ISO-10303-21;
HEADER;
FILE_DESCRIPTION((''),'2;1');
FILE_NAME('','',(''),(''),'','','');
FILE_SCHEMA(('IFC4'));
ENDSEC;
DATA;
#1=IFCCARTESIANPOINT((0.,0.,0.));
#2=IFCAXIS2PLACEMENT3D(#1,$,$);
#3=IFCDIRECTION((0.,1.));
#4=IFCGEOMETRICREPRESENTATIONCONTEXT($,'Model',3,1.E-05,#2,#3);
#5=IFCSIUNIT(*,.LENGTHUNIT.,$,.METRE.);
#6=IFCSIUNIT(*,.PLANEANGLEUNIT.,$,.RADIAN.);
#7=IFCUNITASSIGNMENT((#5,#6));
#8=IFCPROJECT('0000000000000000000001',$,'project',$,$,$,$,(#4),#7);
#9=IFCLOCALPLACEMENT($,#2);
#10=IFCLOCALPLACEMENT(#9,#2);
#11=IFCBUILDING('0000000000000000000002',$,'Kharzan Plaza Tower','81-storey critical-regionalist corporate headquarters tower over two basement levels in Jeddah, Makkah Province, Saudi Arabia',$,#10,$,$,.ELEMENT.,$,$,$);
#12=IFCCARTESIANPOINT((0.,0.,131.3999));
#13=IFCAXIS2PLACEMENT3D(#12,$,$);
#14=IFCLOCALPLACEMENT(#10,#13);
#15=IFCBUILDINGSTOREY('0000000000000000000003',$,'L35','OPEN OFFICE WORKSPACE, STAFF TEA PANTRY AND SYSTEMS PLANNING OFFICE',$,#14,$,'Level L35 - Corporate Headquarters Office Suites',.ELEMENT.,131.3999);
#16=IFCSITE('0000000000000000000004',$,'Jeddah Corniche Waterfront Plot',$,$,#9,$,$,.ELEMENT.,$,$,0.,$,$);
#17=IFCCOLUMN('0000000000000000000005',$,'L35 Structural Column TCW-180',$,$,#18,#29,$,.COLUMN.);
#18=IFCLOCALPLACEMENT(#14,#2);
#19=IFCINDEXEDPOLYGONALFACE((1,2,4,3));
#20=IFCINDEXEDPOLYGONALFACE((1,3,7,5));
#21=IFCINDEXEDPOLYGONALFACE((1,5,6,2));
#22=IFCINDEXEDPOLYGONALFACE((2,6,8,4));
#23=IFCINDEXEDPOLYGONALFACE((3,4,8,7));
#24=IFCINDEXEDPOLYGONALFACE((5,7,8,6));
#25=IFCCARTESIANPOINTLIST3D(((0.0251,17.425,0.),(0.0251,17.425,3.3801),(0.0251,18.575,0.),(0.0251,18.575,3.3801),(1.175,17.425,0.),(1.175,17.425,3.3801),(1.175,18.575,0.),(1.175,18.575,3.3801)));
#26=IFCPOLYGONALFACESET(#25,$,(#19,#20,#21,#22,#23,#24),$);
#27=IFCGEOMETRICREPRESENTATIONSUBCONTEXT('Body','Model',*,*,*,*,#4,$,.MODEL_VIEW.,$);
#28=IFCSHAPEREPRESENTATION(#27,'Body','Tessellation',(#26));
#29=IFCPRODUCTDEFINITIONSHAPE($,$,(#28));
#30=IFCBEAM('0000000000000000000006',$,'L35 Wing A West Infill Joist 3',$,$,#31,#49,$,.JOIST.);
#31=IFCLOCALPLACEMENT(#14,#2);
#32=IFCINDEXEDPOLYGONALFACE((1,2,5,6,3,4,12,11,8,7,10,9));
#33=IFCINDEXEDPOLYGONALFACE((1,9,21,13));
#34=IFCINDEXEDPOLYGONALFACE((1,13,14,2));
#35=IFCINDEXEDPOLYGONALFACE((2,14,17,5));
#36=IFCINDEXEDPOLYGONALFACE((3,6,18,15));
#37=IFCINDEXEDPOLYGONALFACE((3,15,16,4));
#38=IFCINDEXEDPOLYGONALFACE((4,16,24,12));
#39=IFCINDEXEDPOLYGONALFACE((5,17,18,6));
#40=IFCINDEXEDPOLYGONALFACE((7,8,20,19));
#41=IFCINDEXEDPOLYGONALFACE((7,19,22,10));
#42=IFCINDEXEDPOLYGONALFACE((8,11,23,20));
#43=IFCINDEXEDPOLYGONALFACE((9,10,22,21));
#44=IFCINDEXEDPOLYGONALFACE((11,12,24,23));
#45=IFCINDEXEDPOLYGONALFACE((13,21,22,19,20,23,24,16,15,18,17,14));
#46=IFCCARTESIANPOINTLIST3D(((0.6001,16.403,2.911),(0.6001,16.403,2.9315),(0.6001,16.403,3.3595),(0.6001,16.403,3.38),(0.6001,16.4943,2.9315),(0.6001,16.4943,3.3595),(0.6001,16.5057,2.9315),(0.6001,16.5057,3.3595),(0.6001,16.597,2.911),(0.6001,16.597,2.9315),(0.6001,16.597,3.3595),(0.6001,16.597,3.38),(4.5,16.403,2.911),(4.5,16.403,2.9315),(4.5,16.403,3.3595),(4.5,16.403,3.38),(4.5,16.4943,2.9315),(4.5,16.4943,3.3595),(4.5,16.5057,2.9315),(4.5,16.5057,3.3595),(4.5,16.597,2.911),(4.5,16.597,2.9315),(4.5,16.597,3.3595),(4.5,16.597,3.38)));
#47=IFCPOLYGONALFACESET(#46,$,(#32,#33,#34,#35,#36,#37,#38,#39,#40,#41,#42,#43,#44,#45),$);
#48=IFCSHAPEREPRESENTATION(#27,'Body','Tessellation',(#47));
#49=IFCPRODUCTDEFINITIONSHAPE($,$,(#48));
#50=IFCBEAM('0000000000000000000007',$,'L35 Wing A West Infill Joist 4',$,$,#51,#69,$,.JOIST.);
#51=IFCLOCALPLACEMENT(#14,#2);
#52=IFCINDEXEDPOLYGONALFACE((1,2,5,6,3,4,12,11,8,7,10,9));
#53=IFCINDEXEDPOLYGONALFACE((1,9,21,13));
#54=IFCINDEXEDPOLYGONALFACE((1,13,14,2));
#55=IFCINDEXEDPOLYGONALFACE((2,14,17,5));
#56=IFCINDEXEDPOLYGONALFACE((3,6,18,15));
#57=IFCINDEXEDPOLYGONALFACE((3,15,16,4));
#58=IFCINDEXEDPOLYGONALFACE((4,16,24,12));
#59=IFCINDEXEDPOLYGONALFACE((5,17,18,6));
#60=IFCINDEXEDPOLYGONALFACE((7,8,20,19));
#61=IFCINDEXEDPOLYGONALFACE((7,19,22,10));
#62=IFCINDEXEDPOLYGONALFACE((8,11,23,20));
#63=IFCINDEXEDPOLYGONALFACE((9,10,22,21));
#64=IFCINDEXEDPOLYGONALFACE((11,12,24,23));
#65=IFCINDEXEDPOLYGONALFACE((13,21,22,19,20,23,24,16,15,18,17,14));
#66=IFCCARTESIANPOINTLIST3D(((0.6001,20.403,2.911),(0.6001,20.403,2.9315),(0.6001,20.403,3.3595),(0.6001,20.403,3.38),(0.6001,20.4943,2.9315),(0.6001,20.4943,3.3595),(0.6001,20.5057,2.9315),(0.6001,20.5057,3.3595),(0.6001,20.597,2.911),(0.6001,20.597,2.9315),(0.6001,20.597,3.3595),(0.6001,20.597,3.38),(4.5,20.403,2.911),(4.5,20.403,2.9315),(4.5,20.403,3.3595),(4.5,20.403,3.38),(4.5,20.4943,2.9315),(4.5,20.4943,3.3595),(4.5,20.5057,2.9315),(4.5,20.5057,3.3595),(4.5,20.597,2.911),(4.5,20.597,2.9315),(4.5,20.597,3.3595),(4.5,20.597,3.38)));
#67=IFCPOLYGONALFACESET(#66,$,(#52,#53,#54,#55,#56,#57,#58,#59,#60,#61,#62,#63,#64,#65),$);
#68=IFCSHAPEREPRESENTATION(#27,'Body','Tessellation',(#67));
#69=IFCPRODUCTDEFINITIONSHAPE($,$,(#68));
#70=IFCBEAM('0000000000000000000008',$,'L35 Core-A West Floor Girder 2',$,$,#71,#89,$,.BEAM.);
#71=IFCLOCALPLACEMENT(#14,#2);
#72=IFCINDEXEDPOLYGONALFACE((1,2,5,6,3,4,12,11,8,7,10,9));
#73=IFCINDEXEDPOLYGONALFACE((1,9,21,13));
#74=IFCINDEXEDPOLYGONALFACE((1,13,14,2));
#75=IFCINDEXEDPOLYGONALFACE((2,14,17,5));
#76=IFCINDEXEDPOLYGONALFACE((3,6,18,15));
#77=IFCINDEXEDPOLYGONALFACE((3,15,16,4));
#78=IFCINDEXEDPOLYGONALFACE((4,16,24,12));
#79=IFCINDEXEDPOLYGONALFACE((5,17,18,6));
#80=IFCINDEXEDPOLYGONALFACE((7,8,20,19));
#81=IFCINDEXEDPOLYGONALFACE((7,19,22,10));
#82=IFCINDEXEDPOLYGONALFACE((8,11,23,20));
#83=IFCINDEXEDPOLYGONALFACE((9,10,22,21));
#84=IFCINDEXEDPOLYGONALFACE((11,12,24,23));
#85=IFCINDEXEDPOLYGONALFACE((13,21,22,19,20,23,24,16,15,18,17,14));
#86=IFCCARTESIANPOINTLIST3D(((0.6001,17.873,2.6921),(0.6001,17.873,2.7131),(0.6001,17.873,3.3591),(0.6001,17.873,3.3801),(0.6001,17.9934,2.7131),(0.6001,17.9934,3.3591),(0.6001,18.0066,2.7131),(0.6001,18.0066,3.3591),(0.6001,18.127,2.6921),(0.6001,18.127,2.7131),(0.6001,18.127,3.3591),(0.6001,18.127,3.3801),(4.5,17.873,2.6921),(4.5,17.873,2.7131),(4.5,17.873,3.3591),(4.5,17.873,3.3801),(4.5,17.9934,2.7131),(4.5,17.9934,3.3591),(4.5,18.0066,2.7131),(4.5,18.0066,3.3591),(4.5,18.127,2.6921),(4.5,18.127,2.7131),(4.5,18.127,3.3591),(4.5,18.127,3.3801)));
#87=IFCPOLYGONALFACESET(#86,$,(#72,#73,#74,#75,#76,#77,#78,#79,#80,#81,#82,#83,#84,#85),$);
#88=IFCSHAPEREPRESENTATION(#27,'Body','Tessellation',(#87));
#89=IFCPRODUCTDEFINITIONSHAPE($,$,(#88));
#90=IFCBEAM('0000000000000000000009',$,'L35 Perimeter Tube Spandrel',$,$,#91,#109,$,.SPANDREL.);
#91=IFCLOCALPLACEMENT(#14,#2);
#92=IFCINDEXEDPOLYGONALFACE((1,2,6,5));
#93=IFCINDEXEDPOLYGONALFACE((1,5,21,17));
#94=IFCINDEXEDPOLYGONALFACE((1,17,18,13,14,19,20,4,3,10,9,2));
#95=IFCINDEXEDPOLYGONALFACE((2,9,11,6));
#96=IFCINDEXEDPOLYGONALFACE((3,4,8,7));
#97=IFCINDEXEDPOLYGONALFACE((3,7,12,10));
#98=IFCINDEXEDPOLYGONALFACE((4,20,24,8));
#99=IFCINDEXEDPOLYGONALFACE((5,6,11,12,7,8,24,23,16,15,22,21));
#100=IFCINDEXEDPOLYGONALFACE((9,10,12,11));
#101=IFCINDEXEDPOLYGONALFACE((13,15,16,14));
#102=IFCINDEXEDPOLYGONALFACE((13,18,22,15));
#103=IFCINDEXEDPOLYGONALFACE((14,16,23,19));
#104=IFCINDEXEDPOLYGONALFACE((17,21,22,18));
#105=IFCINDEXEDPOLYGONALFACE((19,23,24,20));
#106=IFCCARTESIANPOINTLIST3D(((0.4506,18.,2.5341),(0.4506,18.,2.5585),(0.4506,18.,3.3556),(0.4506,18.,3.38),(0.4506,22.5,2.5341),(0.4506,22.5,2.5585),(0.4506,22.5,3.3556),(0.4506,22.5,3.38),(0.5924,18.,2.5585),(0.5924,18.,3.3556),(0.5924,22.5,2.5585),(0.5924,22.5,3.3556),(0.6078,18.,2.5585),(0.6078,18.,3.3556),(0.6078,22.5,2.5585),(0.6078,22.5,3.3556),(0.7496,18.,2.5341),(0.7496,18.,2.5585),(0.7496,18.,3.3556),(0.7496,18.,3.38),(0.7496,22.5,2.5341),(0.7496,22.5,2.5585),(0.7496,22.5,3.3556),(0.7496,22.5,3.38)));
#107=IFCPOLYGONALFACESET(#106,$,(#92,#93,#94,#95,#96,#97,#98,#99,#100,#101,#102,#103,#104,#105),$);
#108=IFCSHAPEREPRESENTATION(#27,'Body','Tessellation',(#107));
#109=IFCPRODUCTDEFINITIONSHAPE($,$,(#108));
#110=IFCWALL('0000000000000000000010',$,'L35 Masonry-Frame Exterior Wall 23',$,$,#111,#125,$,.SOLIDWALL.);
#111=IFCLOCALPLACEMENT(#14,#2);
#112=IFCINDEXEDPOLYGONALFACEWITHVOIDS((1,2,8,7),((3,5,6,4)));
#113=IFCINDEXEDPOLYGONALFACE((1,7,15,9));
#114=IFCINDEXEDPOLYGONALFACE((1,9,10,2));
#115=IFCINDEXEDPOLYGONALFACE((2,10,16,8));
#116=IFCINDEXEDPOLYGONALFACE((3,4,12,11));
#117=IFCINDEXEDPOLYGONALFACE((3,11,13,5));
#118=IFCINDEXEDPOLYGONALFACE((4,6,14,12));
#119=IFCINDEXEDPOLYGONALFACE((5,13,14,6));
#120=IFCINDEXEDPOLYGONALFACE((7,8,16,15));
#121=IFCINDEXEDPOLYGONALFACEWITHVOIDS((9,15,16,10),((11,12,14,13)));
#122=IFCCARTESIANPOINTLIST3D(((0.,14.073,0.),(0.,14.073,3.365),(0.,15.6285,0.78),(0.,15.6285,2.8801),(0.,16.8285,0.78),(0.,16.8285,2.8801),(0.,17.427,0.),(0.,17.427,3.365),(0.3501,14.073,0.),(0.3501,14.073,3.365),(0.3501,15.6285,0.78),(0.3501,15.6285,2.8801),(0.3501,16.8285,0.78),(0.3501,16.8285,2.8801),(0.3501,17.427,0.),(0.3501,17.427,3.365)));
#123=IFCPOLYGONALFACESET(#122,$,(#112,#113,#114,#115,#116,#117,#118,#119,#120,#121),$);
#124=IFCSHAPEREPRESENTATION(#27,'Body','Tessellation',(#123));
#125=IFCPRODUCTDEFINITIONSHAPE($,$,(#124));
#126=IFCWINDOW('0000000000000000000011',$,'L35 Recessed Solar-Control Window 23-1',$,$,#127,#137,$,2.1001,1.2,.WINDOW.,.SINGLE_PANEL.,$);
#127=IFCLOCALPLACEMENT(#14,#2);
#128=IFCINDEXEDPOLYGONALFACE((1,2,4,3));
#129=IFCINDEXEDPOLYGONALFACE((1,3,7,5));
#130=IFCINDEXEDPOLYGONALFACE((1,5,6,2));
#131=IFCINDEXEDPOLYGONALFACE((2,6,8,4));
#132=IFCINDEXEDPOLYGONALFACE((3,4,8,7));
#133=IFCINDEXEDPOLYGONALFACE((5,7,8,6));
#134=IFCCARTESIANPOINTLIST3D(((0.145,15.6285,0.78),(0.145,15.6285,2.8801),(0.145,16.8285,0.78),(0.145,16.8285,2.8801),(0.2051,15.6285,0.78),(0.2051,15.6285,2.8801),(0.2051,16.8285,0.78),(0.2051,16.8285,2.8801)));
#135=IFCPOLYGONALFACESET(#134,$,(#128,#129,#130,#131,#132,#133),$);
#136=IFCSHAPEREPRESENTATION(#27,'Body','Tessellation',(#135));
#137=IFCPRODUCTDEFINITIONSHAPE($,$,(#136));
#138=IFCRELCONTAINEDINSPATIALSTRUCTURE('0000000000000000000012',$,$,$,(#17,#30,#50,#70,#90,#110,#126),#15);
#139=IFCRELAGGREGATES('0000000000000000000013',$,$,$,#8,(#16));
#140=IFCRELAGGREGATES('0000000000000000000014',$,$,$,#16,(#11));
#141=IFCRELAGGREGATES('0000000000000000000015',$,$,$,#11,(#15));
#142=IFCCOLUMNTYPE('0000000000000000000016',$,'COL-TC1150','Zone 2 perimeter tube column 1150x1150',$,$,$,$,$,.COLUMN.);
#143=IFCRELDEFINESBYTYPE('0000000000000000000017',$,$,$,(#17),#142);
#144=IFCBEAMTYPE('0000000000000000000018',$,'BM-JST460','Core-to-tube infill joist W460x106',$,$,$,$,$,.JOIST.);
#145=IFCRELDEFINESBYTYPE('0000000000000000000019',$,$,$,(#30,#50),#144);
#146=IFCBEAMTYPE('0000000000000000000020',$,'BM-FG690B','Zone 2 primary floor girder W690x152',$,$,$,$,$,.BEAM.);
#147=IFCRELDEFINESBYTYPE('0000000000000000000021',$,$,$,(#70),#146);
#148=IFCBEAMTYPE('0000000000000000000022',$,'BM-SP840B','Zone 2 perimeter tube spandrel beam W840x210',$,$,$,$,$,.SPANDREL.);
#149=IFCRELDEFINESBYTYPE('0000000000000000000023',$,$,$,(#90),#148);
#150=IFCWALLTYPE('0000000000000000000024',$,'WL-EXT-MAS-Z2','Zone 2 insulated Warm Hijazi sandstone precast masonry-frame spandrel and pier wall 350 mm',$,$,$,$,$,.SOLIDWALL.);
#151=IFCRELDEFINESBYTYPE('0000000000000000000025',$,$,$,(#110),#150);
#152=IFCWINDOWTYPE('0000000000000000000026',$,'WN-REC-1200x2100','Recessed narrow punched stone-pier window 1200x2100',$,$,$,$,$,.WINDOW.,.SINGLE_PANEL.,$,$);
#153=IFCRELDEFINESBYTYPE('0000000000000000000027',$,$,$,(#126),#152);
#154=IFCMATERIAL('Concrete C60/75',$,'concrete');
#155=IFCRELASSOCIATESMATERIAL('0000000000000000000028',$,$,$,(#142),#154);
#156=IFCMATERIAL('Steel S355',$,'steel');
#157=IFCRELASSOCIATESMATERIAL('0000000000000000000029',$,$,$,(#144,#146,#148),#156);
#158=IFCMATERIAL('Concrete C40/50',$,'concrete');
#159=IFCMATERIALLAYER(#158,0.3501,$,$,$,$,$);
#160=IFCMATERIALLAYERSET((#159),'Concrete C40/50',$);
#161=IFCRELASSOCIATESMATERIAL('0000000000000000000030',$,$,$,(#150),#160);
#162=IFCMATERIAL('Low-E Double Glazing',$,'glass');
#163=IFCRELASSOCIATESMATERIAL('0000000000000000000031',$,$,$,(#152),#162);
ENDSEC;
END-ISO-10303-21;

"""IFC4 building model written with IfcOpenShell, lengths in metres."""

from ifc_helpers import new_model, si_unit, direction, frame, frame_2d, origin, origin_2d, place, context, subcontext, project, spatial, rectangle, i_section, extrude, source, transform, mapped, material, layer, layer_set, material_profile, profile_set, type_object, element, fill, save


model = new_model("IFC4")

# Units and contexts
model_context = context("Model", 3, precision=1e-05, world=origin(), true_north=direction((0.0, 1.0)))
body_context = subcontext(model_context, "Body", "Model", "MODEL_VIEW")
ifc_project = project(units=[si_unit("LENGTHUNIT", "METRE"), si_unit("PLANEANGLEUNIT", "RADIAN")], contexts=[model_context])

# Site, building, storey
site_placement = place(None, origin())
site = spatial("IfcSite", under=ifc_project, at=site_placement, Name="Jeddah Corniche Waterfront Plot", CompositionType="ELEMENT", RefElevation=0.0)
building_placement = place(site_placement, origin())
building = spatial("IfcBuilding", under=site, at=building_placement, Name="Kharzan Plaza Tower", Description="81-storey critical-regionalist corporate headquarters tower over two basement levels in Jeddah, Makkah Province, Saudi Arabia", CompositionType="ELEMENT")
storey_placement = place(building_placement, frame((0.0, 0.0, 131.3999)))
storey = spatial("IfcBuildingStorey", under=building, at=storey_placement, Name="L35", Description="OPEN OFFICE WORKSPACE, STAFF TEA PANTRY AND SYSTEMS PLANNING OFFICE", LongName="Level L35 - Corporate Headquarters Office Suites", CompositionType="ELEMENT", Elevation=131.3999)

# Column
ifc_material_1 = material(Name="Concrete C60/75", Category="concrete")
ifc_material_profile_1 = material_profile(ifc_material_1, rectangle(XDim=1.1499, YDim=1.1499, at=origin_2d()), Name="RC-TC1150x1150")
ifc_profile_set_1 = profile_set([ifc_material_profile_1], Name="Concrete C60/75")
column_type = type_object("IfcColumnType", Name="COL-TC1150", Description="Zone 2 perimeter tube column 1150x1150", PredefinedType="COLUMN", material=ifc_profile_set_1)
shared_shape_1 = source(origin(), body_context, "Body", "SweptSolid", [
    extrude(rectangle(XDim=1.1499, YDim=1.1499, at=origin_2d()), origin(), (0.0, 0.0, 1.0), 3.3801),
])
column_placement = place(storey_placement, frame((0.6001, 18.0, 0.0), z_axis=(0.0, 0.0, 1.0), x_axis=(1.0, 0.0, 0.0)))
element("IfcColumn", 1, at=column_placement, inside=storey, type_object=column_type, Name="L35 Structural Column TCW-180", PredefinedType="COLUMN", context=body_context, shape_type="MappedRepresentation", body=[
    mapped(shared_shape_1, transform((0.0, 0.0, 0.0), x_axis=(1.0, 0.0, 0.0), y_axis=(0.0, 1.0, 0.0), z_axis=(0.0, 0.0, 1.0))),
])

# Beams
ifc_material_2 = material(Name="Steel S355", Category="steel")
ifc_material_profile_2 = material_profile(ifc_material_2, i_section(OverallWidth=0.1941, OverallDepth=0.469, WebThickness=0.0115, FlangeThickness=0.0205, at=origin_2d()), Name="W460x106")
ifc_profile_set_2 = profile_set([ifc_material_profile_2], Name="Steel S355")
beam_type_1 = type_object("IfcBeamType", Name="BM-JST460", Description="Core-to-tube infill joist W460x106", PredefinedType="JOIST", material=ifc_profile_set_2)
shared_shape_2 = source(origin(), body_context, "Body", "SweptSolid", [
    extrude(i_section(OverallWidth=0.1941, OverallDepth=0.469, WebThickness=0.0115, FlangeThickness=0.0205, at=origin_2d()), origin(), (0.0, 0.0, 1.0), 3.8999),
])
for number, where, z_axis, x_axis, name in (
    (2, (0.6001, 16.5, 3.1455), (1.0, 0.0, 0.0), (0.0, 1.0, 0.0), "L35 Wing A West Infill Joist 3"),
    (3, (0.6001, 20.5, 3.1455), (1.0, 0.0, 0.0), (0.0, 1.0, 0.0), "L35 Wing A West Infill Joist 4"),
):
    element("IfcBeam", number, at=place(storey_placement, frame(where, z_axis=z_axis, x_axis=x_axis)), inside=storey, type_object=beam_type_1, Name=name, PredefinedType="JOIST", context=body_context, shape_type="MappedRepresentation", body=[
        mapped(shared_shape_2, transform((0.0, 0.0, 0.0), x_axis=(1.0, 0.0, 0.0), y_axis=(0.0, 1.0, 0.0), z_axis=(0.0, 0.0, 1.0))),
    ])
ifc_material_profile_3 = material_profile(ifc_material_2, i_section(OverallWidth=0.2539, OverallDepth=0.688, WebThickness=0.0132, FlangeThickness=0.021, at=origin_2d()), Name="W690x152")
ifc_profile_set_3 = profile_set([ifc_material_profile_3], Name="Steel S355")
beam_type_2 = type_object("IfcBeamType", Name="BM-FG690B", Description="Zone 2 primary floor girder W690x152", PredefinedType="BEAM", material=ifc_profile_set_3)
shared_shape_3 = source(origin(), body_context, "Body", "SweptSolid", [
    extrude(i_section(OverallWidth=0.2539, OverallDepth=0.688, WebThickness=0.0132, FlangeThickness=0.021, at=origin_2d()), origin(), (0.0, 0.0, 1.0), 3.8999),
])
beam_1_placement = place(storey_placement, frame((0.6001, 18.0, 3.0361), z_axis=(1.0, 0.0, 0.0), x_axis=(0.0, 1.0, 0.0)))
element("IfcBeam", 4, at=beam_1_placement, inside=storey, type_object=beam_type_2, Name="L35 Core-A West Floor Girder 2", PredefinedType="BEAM", context=body_context, shape_type="MappedRepresentation", body=[
    mapped(shared_shape_3, transform((0.0, 0.0, 0.0), x_axis=(1.0, 0.0, 0.0), y_axis=(0.0, 1.0, 0.0), z_axis=(0.0, 0.0, 1.0))),
])
ifc_material_profile_4 = material_profile(ifc_material_2, i_section(OverallWidth=0.2991, OverallDepth=0.8459, WebThickness=0.0154, FlangeThickness=0.0244, at=origin_2d()), Name="W840x210")
ifc_profile_set_4 = profile_set([ifc_material_profile_4], Name="Steel S355")
beam_type_3 = type_object("IfcBeamType", Name="BM-SP840B", Description="Zone 2 perimeter tube spandrel beam W840x210", PredefinedType="SPANDREL", material=ifc_profile_set_4)
shared_shape_4 = source(origin(), body_context, "Body", "SweptSolid", [
    extrude(i_section(OverallWidth=0.2991, OverallDepth=0.8459, WebThickness=0.0154, FlangeThickness=0.0244, at=origin_2d()), origin(), (0.0, 0.0, 1.0), 4.5),
])
beam_2_placement = place(storey_placement, frame((0.6001, 18.0, 2.957), z_axis=(0.0, 1.0, 0.0), x_axis=(-1.0, 0.0, 0.0)))
element("IfcBeam", 5, at=beam_2_placement, inside=storey, type_object=beam_type_3, Name="L35 Perimeter Tube Spandrel", PredefinedType="SPANDREL", context=body_context, shape_type="MappedRepresentation", body=[
    mapped(shared_shape_4, transform((0.0, 0.0, 0.0), x_axis=(1.0, 0.0, 0.0), y_axis=(0.0, 1.0, 0.0), z_axis=(0.0, 0.0, 1.0))),
])

# Wall, opening, window
ifc_material_3 = material(Name="Concrete C40/50", Category="concrete")
ifc_layer_1 = layer(ifc_material_3, 0.3501)
ifc_layer_set_1 = layer_set([ifc_layer_1], Name="Concrete C40/50")
wall_type_1 = type_object("IfcWallType", Name="WL-EXT-MAS-Z2", Description="Zone 2 insulated Warm Hijazi sandstone precast masonry-frame spandrel and pier wall 350 mm", PredefinedType="SOLIDWALL", material=ifc_layer_set_1)
wall_1_placement = place(storey_placement, frame((0.175, 17.427, 0.0), z_axis=(0.0, 0.0, 1.0), x_axis=(0.0, -1.0, 0.0)))
wall_1 = element("IfcWall", 6, at=wall_1_placement, inside=storey, type_object=wall_type_1, Name="L35 Masonry-Frame Exterior Wall 23", PredefinedType="SOLIDWALL", context=body_context, shape_type="SweptSolid", body=[
    extrude(rectangle(XDim=3.354, YDim=0.3501, at=frame_2d((1.677, 0.0))), origin(), (0.0, 0.0, 1.0), 3.365),
])
opening_1_placement = place(wall_1_placement, frame((0.5984, 0.0, 0.78)))
opening_1 = element("IfcOpeningElement", 7, at=opening_1_placement, cuts=wall_1, PredefinedType="OPENING", context=body_context, shape_type="SweptSolid", body=[
    extrude(rectangle(XDim=1.2, YDim=2.1001, at=frame_2d((0.6001, 1.05))), frame((0.0, 0.1851, 0.0), z_axis=(0.0, -1.0, 0.0), x_axis=(1.0, 0.0, 0.0)), (0.0, 0.0, 1.0), 0.3701),
])
ifc_material_4 = material(Name="Low-E Double Glazing", Category="glass")
window_type = type_object("IfcWindowType", Name="WN-REC-1200x2100", Description="Recessed narrow punched stone-pier window 1200x2100", PartitioningType="SINGLE_PANEL", PredefinedType="WINDOW", material=ifc_material_4)
shared_shape_5 = source(origin(), body_context, "Body", "SweptSolid", [
    extrude(rectangle(XDim=1.2, YDim=2.1001, at=frame_2d((0.6001, 1.05))), frame((0.0, 0.03, 0.0), z_axis=(0.0, -1.0, 0.0), x_axis=(1.0, 0.0, 0.0)), (0.0, 0.0, 1.0), 0.0601),
])
window_placement = place(opening_1_placement, origin())
window = element("IfcWindow", 8, at=window_placement, inside=storey, type_object=window_type, Name="L35 Recessed Solar-Control Window 23-1", OverallHeight=2.1001, OverallWidth=1.2, PartitioningType="SINGLE_PANEL", PredefinedType="WINDOW", context=body_context, shape_type="MappedRepresentation", body=[
    mapped(shared_shape_5, transform((0.0, 0.0, 0.0), x_axis=(1.0, 0.0, 0.0), y_axis=(0.0, 1.0, 0.0), z_axis=(0.0, 0.0, 1.0))),
])
fill(opening_1, window)

save(model, "model.ifc")
